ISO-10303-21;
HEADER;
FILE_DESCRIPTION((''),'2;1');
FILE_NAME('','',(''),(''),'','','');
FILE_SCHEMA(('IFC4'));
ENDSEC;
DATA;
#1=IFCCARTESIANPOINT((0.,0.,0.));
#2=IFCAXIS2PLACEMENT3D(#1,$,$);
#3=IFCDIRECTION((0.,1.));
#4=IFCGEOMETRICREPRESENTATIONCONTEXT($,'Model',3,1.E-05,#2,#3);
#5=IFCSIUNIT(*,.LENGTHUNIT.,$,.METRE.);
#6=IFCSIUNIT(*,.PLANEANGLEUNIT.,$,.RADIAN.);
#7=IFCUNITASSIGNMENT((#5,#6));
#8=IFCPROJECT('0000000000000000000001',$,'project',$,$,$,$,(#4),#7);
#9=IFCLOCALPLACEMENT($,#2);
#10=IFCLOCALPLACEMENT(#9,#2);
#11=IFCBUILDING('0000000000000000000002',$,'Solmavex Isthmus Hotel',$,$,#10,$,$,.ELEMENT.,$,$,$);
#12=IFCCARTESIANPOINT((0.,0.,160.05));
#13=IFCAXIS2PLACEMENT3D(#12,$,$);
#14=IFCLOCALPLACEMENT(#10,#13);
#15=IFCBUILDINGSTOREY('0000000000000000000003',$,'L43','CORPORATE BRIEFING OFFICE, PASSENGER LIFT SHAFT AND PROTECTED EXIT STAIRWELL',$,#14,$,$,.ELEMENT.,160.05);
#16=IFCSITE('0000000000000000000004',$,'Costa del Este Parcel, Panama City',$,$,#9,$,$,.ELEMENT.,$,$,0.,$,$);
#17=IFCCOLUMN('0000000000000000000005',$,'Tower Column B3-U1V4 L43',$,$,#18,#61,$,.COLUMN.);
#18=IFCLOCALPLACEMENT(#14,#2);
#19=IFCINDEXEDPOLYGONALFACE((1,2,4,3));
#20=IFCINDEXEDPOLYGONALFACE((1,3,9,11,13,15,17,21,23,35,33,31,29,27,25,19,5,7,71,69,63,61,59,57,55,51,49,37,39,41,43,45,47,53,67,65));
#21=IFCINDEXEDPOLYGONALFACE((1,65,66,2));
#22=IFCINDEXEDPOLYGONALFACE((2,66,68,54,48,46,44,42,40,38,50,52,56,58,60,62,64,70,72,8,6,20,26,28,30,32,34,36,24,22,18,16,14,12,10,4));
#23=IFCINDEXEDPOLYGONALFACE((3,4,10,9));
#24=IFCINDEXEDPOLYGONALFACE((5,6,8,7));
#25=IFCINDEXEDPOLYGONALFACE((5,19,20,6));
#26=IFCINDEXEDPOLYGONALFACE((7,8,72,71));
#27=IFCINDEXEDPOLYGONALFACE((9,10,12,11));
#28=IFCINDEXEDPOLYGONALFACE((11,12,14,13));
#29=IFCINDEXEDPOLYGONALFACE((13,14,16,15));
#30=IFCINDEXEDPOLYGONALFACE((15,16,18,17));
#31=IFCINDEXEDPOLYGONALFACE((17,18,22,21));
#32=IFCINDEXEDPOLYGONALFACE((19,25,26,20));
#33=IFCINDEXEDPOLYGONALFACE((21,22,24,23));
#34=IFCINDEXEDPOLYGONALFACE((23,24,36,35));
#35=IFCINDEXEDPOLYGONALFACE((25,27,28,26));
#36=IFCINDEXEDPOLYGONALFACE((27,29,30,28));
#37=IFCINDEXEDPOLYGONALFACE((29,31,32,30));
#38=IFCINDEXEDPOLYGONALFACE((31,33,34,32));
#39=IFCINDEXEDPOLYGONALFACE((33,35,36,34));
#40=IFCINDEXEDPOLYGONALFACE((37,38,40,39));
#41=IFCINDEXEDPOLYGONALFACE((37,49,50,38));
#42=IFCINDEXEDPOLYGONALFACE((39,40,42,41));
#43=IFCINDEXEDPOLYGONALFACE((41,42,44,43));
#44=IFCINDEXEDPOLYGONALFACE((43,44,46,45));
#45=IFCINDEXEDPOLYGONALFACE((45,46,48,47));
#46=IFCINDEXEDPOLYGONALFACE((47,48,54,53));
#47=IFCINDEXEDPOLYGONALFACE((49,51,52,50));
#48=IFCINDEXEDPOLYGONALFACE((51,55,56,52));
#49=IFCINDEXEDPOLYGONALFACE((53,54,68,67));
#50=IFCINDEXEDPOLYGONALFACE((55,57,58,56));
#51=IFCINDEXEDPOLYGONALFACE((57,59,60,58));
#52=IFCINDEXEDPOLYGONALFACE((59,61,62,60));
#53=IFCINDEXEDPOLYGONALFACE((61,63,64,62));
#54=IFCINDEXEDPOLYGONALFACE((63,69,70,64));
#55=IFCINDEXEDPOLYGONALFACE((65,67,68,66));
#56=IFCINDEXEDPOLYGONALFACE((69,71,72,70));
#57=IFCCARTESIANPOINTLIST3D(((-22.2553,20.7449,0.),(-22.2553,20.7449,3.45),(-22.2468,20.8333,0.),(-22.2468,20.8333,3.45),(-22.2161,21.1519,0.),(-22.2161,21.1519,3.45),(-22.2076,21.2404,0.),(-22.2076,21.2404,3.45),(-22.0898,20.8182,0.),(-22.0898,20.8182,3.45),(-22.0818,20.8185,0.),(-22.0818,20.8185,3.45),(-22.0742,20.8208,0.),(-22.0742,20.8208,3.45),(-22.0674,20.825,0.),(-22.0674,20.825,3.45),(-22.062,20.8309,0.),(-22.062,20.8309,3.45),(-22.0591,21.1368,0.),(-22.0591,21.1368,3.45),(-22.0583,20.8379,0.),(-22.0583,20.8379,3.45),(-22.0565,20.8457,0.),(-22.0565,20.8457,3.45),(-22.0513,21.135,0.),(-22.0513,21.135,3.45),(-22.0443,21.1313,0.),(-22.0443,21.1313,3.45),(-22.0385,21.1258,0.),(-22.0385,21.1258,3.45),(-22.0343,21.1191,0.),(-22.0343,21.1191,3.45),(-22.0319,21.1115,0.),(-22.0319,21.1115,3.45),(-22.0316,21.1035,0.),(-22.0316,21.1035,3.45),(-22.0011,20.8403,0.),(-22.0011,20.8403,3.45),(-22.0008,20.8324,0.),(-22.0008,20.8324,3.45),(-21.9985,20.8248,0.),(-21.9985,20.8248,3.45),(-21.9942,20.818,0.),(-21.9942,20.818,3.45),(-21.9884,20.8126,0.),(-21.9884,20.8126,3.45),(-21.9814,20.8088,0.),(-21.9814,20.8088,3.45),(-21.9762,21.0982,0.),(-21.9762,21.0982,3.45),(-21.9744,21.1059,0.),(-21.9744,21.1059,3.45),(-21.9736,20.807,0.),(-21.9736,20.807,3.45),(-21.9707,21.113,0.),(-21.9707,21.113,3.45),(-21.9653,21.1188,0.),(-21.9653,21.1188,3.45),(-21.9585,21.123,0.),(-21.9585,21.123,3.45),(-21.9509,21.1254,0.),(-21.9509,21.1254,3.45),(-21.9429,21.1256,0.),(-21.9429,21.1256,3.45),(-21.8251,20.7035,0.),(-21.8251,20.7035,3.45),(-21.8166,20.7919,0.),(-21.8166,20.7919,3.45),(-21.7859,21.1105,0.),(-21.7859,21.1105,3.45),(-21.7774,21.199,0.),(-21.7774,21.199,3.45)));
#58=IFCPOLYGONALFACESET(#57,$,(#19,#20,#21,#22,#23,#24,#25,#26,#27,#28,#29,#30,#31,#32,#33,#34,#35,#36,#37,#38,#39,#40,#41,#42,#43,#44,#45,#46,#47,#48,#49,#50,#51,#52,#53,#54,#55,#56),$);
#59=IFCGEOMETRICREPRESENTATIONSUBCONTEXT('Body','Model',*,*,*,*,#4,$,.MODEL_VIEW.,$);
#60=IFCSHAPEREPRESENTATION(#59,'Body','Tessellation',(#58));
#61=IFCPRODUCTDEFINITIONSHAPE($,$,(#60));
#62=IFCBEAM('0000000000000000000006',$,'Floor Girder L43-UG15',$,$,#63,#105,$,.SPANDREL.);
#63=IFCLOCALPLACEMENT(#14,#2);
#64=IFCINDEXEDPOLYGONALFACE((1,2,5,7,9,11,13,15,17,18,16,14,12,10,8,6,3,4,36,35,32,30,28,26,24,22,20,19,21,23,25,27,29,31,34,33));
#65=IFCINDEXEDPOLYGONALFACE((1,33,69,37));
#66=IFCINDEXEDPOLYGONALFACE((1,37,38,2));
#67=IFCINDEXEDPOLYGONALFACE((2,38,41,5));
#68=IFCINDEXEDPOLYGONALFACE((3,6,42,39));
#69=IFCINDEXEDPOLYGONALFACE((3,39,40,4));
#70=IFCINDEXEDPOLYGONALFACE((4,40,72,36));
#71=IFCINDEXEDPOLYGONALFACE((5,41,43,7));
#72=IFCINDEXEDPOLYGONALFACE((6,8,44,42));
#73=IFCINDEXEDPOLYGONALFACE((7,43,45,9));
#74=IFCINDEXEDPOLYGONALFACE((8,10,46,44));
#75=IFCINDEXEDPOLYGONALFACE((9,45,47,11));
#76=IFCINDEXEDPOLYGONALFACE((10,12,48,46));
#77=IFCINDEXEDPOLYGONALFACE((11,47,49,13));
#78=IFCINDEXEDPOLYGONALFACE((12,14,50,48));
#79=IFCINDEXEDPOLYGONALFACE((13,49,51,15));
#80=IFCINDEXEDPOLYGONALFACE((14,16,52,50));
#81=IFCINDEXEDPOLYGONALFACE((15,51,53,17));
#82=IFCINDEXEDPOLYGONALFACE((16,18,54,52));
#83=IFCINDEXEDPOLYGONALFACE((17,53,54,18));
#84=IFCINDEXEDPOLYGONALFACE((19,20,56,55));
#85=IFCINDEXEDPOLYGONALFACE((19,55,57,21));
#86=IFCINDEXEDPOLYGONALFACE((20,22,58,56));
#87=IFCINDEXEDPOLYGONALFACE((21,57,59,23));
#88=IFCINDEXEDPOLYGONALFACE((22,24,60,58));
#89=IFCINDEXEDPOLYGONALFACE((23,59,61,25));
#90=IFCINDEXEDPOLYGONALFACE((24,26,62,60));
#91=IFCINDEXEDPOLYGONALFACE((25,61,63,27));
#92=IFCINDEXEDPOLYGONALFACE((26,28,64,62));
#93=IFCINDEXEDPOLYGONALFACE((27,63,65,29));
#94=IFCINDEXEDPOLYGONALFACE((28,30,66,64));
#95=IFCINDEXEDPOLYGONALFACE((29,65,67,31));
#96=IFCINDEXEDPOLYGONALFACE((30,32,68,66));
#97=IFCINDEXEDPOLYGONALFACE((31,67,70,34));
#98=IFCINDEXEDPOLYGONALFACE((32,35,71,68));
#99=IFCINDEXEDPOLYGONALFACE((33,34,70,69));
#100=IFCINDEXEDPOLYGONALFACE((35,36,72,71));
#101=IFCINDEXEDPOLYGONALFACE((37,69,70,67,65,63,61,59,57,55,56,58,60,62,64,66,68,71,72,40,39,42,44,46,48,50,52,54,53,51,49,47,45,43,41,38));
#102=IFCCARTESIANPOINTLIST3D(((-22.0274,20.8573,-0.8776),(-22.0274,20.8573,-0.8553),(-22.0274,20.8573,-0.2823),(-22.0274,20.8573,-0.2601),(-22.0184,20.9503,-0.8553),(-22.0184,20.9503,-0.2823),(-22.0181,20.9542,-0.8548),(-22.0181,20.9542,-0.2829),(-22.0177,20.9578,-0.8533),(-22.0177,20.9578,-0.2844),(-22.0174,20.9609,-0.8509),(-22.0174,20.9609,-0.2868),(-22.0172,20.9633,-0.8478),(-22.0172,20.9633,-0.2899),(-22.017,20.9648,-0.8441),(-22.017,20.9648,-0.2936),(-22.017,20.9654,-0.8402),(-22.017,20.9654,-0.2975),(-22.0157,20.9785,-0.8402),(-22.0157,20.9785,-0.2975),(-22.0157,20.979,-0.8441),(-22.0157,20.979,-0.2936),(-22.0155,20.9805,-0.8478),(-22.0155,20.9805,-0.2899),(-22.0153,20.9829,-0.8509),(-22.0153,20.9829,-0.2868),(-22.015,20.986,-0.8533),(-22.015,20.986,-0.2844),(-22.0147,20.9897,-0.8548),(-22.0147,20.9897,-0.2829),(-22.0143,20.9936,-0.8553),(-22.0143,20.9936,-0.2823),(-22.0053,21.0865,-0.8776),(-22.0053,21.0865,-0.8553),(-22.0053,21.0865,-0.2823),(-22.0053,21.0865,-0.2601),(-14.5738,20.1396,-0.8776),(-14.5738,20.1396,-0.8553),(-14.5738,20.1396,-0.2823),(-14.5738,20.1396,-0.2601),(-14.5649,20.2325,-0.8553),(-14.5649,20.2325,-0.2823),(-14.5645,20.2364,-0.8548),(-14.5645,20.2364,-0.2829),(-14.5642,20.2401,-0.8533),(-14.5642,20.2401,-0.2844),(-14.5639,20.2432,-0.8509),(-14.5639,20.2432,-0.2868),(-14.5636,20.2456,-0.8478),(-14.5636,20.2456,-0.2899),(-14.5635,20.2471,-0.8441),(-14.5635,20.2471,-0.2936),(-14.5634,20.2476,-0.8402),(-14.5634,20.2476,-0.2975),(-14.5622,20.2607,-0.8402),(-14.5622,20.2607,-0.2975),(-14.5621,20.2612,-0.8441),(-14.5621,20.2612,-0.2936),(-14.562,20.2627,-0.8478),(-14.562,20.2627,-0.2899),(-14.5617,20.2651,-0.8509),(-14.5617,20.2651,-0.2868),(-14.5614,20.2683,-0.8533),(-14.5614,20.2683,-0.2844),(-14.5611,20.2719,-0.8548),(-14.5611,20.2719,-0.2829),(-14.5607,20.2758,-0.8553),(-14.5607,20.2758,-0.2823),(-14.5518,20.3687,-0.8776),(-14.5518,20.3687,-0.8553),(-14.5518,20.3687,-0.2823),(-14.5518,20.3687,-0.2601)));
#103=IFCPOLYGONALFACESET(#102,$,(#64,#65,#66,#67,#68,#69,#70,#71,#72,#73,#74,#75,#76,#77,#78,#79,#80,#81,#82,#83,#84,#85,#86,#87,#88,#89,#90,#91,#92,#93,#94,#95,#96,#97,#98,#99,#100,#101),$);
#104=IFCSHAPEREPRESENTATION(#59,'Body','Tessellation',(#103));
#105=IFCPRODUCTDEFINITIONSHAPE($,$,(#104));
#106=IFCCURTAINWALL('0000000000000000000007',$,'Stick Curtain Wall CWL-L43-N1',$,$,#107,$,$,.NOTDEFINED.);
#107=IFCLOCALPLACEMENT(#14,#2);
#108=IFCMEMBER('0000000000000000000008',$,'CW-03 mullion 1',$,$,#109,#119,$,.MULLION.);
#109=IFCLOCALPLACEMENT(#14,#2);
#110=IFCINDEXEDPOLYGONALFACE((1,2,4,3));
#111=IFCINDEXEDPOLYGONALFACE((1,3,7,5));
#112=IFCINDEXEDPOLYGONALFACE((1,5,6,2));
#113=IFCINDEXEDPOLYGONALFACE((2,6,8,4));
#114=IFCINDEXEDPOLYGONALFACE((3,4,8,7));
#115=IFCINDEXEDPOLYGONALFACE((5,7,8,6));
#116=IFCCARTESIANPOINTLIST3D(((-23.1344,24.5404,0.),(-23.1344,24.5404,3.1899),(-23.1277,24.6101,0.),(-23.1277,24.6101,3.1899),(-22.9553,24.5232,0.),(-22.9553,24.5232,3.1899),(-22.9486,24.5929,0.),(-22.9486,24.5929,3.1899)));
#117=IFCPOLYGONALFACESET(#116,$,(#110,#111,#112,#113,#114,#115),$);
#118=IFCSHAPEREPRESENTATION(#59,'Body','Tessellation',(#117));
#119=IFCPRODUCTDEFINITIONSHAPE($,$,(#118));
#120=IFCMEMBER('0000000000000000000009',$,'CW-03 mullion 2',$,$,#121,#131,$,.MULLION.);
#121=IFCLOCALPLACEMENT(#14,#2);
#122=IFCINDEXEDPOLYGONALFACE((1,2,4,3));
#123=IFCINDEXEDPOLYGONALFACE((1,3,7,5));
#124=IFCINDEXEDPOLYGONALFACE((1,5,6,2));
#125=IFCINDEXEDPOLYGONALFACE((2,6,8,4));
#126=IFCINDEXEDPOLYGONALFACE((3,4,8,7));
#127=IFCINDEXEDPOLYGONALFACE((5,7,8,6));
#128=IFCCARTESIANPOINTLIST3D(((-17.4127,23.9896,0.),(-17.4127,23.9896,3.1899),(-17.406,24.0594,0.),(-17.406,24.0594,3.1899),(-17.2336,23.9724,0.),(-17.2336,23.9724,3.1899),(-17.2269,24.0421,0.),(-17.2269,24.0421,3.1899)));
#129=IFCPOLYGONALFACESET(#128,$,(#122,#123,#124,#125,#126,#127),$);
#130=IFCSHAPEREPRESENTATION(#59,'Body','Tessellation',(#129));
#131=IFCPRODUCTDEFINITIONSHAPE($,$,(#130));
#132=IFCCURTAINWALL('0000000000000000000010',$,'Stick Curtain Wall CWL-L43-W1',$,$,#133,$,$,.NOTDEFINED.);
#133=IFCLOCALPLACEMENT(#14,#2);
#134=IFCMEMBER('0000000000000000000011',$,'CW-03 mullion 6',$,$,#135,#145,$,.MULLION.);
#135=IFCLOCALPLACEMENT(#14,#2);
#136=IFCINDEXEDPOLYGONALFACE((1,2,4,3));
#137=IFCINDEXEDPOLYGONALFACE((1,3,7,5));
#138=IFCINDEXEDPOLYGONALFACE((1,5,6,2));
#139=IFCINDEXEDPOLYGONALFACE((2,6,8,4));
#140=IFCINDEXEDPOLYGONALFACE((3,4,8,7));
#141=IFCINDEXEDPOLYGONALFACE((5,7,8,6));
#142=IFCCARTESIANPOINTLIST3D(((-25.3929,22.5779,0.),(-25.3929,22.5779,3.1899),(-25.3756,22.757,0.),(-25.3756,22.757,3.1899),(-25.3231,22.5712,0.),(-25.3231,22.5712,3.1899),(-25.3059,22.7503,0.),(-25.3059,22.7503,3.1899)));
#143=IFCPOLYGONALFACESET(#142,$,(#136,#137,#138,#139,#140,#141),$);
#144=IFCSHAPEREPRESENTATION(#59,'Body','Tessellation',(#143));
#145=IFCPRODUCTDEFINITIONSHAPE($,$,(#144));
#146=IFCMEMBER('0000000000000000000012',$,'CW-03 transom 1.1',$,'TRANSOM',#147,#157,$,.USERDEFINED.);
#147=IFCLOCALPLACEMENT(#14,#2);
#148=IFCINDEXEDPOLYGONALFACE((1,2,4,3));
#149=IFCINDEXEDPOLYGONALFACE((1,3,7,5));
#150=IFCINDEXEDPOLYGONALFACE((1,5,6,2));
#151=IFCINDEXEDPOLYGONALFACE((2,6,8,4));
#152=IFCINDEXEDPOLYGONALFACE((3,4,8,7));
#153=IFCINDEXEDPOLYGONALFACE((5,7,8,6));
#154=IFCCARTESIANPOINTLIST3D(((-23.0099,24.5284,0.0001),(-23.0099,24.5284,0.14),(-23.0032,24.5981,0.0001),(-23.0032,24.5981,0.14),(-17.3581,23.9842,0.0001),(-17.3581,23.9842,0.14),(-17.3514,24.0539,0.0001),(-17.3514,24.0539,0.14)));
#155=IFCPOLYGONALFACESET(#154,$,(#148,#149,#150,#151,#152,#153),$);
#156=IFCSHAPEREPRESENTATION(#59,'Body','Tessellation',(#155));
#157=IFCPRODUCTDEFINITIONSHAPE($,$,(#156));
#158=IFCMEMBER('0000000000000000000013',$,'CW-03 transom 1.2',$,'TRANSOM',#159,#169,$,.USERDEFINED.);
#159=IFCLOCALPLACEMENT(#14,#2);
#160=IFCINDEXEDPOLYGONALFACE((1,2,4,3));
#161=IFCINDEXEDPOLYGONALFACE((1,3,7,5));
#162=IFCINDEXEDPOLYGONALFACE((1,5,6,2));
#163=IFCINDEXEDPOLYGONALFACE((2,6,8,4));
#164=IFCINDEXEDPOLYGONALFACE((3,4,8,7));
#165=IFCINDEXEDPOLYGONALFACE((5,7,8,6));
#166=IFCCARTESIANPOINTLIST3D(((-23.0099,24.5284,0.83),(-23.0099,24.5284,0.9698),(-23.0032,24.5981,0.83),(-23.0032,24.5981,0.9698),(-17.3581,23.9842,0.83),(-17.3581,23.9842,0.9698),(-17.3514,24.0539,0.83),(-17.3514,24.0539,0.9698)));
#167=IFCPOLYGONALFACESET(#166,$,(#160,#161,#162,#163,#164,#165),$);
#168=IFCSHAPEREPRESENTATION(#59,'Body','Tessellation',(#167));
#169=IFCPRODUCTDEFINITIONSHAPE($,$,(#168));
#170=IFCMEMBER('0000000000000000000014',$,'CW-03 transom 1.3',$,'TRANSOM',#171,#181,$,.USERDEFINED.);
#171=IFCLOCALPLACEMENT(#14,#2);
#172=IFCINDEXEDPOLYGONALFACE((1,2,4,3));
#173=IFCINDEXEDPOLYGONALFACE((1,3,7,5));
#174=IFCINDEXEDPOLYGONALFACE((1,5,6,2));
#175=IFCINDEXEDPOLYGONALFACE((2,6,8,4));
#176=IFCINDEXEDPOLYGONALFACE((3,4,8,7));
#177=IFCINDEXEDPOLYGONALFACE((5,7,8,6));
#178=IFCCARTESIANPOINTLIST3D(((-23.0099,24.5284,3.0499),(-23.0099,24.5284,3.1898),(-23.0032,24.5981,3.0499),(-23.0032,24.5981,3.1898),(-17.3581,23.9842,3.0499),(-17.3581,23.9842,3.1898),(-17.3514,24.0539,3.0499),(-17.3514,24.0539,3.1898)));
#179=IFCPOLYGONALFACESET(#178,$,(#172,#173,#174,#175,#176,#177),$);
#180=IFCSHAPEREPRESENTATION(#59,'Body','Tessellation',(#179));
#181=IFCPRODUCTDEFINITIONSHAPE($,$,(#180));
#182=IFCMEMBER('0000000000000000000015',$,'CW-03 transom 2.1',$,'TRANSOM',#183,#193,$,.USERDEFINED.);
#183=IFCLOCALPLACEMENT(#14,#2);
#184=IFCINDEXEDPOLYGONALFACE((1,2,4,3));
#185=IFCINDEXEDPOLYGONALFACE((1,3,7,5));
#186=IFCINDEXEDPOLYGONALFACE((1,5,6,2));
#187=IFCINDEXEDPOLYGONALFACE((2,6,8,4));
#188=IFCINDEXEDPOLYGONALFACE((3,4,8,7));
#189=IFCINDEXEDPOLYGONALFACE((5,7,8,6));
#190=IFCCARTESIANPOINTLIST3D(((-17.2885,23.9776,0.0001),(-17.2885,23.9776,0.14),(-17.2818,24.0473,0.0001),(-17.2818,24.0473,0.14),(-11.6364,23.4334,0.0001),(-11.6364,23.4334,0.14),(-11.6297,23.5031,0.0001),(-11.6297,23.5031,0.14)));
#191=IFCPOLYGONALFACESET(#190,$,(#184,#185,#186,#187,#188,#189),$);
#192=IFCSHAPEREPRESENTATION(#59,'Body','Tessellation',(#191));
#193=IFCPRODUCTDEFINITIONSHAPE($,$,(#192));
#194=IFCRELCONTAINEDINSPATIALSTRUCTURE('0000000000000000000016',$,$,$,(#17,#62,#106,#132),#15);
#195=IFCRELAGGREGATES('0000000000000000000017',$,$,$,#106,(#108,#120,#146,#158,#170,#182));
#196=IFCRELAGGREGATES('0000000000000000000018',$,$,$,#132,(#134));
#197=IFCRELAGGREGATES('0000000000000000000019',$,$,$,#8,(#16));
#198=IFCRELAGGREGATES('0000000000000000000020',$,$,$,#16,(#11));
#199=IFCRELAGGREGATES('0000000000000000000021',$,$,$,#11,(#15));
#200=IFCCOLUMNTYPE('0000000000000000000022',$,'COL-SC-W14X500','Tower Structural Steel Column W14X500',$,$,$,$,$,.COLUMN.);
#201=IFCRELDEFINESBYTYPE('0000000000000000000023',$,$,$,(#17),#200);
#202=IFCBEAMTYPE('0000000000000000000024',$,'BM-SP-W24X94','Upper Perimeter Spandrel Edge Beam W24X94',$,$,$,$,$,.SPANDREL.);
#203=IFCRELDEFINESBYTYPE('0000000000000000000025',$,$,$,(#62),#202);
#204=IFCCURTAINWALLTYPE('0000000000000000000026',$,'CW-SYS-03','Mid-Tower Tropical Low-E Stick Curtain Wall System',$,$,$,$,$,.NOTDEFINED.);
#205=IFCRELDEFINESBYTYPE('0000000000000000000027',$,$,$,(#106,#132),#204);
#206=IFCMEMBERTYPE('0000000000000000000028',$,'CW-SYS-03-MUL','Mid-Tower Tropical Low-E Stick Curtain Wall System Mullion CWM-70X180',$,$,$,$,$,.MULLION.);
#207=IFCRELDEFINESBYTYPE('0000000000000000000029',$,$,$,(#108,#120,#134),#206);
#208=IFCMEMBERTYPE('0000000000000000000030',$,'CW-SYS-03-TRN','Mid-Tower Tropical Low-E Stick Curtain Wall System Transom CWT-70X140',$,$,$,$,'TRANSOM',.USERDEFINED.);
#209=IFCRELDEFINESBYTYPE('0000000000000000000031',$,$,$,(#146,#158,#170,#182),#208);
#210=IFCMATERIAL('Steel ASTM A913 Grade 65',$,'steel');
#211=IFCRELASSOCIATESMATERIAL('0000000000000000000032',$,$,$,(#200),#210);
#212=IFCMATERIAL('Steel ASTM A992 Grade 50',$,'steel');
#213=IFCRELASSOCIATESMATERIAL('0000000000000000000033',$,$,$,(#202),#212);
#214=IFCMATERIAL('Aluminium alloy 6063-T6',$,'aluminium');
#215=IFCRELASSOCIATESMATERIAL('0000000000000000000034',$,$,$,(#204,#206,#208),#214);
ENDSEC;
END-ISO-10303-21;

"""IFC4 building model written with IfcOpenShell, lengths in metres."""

from ifc_helpers import new_model, si_unit, direction, frame, origin, origin_2d, place, context, subcontext, project, spatial, rectangle, i_section, extrude, material, material_profile, profile_set, type_object, element, aggregate, save


model = new_model("IFC4")

# Units and contexts
model_context = context("Model", 3, precision=1e-05, world=origin(), true_north=direction((0.0, 1.0)))
body_context = subcontext(model_context, "Body", "Model", "MODEL_VIEW")
ifc_project = project(units=[si_unit("LENGTHUNIT", "METRE"), si_unit("PLANEANGLEUNIT", "RADIAN")], contexts=[model_context])

# Site, building, storey
site_placement = place(None, origin())
site = spatial("IfcSite", under=ifc_project, at=site_placement, Name="Costa del Este Parcel, Panama City", CompositionType="ELEMENT", RefElevation=0.0)
building_placement = place(site_placement, origin())
building = spatial("IfcBuilding", under=site, at=building_placement, Name="Solmavex Isthmus Hotel", CompositionType="ELEMENT")
storey_placement = place(building_placement, frame((0.0, 0.0, 160.05)))
storey = spatial("IfcBuildingStorey", under=building, at=storey_placement, Name="L43", Description="CORPORATE BRIEFING OFFICE, PASSENGER LIFT SHAFT AND PROTECTED EXIT STAIRWELL", CompositionType="ELEMENT", Elevation=160.05)

# Column
ifc_material_1 = material(Name="Steel ASTM A913 Grade 65", Category="steel")
ifc_material_profile_1 = material_profile(ifc_material_1, i_section(OverallWidth=0.4321, OverallDepth=0.4978, WebThickness=0.0557, FlangeThickness=0.0889, FilletRadius=0.0305, at=origin_2d()), Name="W14X500")
ifc_profile_set_1 = profile_set([ifc_material_profile_1], Name="Steel ASTM A913 Grade 65")
column_type = type_object("IfcColumnType", Name="COL-SC-W14X500", Description="Tower Structural Steel Column W14X500", PredefinedType="COLUMN", material=ifc_profile_set_1)
column_placement = place(storey_placement, frame((-22.0164, 20.9719, 0.0), z_axis=(0.0, 0.0, 1.0), x_axis=(0.995396, -0.095846, 0.0)))
element("IfcColumn", 1, at=column_placement, inside=storey, type_object=column_type, Name="Tower Column B3-U1V4 L43", PredefinedType="COLUMN", context=body_context, shape_type="SweptSolid", body=[
    extrude(i_section(OverallWidth=0.4321, OverallDepth=0.4978, WebThickness=0.0557, FlangeThickness=0.0889, FilletRadius=0.0305, at=origin_2d()), origin(), (0.0, 0.0, 1.0), 3.45),
])

# Beam
ifc_material_2 = material(Name="Steel ASTM A992 Grade 50", Category="steel")
ifc_material_profile_2 = material_profile(ifc_material_2, i_section(OverallWidth=0.2302, OverallDepth=0.6174, WebThickness=0.0132, FlangeThickness=0.0222, FilletRadius=0.0151, at=origin_2d()), Name="W24X94")
ifc_profile_set_2 = profile_set([ifc_material_profile_2], Name="Steel ASTM A992 Grade 50")
beam_type = type_object("IfcBeamType", Name="BM-SP-W24X94", Description="Upper Perimeter Spandrel Edge Beam W24X94", PredefinedType="SPANDREL", material=ifc_profile_set_2)
beam_placement = place(storey_placement, frame((-22.0164, 20.9719, -0.5688), z_axis=(0.995395, -0.095855, 0.0), x_axis=(0.095855, 0.995395, 0.0)))
element("IfcBeam", 2, at=beam_placement, inside=storey, type_object=beam_type, Name="Floor Girder L43-UG15", PredefinedType="SPANDREL", context=body_context, shape_type="SweptSolid", body=[
    extrude(i_section(OverallWidth=0.2302, OverallDepth=0.6174, WebThickness=0.0132, FlangeThickness=0.0222, FilletRadius=0.0151, at=origin_2d()), origin(), (0.0, 0.0, 1.0), 7.488),
])

# Curtain wall, members
ifc_material_3 = material(Name="Aluminium alloy 6063-T6", Category="aluminium")
curtain_wall_type = type_object("IfcCurtainWallType", Name="CW-SYS-03", Description="Mid-Tower Tropical Low-E Stick Curtain Wall System", PredefinedType="NOTDEFINED", material=ifc_material_3)
curtain_wall_1_placement = place(storey_placement, origin())
curtain_wall_1 = element("IfcCurtainWall", 3, at=curtain_wall_1_placement, inside=storey, type_object=curtain_wall_type, Name="Stick Curtain Wall CWL-L43-N1", PredefinedType="NOTDEFINED")
ifc_material_profile_3 = material_profile(ifc_material_3, rectangle(XDim=0.0701, YDim=0.1799, at=origin_2d()), Name="CWM-70X180")
ifc_profile_set_3 = profile_set([ifc_material_profile_3], Name="Aluminium alloy 6063-T6")
member_type_1 = type_object("IfcMemberType", Name="CW-SYS-03-MUL", Description="Mid-Tower Tropical Low-E Stick Curtain Wall System Mullion CWM-70X180", PredefinedType="MULLION", material=ifc_profile_set_3)
member_1_placement = place(storey_placement, frame((-23.0415, 24.5667, 0.0), z_axis=(0.0, 0.0, 1.0), x_axis=(0.095846, 0.995396, 0.0)))
member_1 = element("IfcMember", 4, at=member_1_placement, type_object=member_type_1, Name="CW-03 mullion 1", PredefinedType="MULLION", context=body_context, shape_type="SweptSolid", body=[
    extrude(rectangle(XDim=0.0701, YDim=0.1799, at=origin_2d()), origin(), (0.0, 0.0, 1.0), 3.1899),
])
member_2_placement = place(storey_placement, frame((-17.3198, 24.0159, 0.0), z_axis=(0.0, 0.0, 1.0), x_axis=(0.095846, 0.995396, 0.0)))
member_2 = element("IfcMember", 5, at=member_2_placement, type_object=member_type_1, Name="CW-03 mullion 2", PredefinedType="MULLION", context=body_context, shape_type="SweptSolid", body=[
    extrude(rectangle(XDim=0.0701, YDim=0.1799, at=origin_2d()), origin(), (0.0, 0.0, 1.0), 3.1899),
])

# Curtain wall, member
curtain_wall_2_placement = place(storey_placement, origin())
curtain_wall_2 = element("IfcCurtainWall", 6, at=curtain_wall_2_placement, inside=storey, type_object=curtain_wall_type, Name="Stick Curtain Wall CWL-L43-W1", PredefinedType="NOTDEFINED")
member_3_placement = place(storey_placement, frame((-25.3494, 22.6641, 0.0), z_axis=(0.0, 0.0, 1.0), x_axis=(-0.995396, 0.095846, 0.0)))
member_3 = element("IfcMember", 7, at=member_3_placement, type_object=member_type_1, Name="CW-03 mullion 6", PredefinedType="MULLION", context=body_context, shape_type="SweptSolid", body=[
    extrude(rectangle(XDim=0.0701, YDim=0.1799, at=origin_2d()), origin(), (0.0, 0.0, 1.0), 3.1899),
])

# Members
ifc_material_profile_4 = material_profile(ifc_material_3, rectangle(XDim=0.0701, YDim=0.1399, at=origin_2d()), Name="CWT-70X140")
ifc_profile_set_4 = profile_set([ifc_material_profile_4], Name="Aluminium alloy 6063-T6")
member_type_2 = type_object("IfcMemberType", Name="CW-SYS-03-TRN", Description="Mid-Tower Tropical Low-E Stick Curtain Wall System Transom CWT-70X140", ElementType="TRANSOM", PredefinedType="USERDEFINED", material=ifc_profile_set_4)
member_4_placement = place(storey_placement, frame((-23.0066, 24.5632, 0.0701), z_axis=(0.995397, -0.095842, 0.0), x_axis=(0.095842, 0.995397, 0.0)))
member_4 = element("IfcMember", 8, at=member_4_placement, type_object=member_type_2, Name="CW-03 transom 1.1", ObjectType="TRANSOM", PredefinedType="USERDEFINED", context=body_context, shape_type="SweptSolid", body=[
    extrude(rectangle(XDim=0.0701, YDim=0.1399, at=origin_2d()), origin(), (0.0, 0.0, 1.0), 5.678),
])
member_5_placement = place(storey_placement, frame((-23.0066, 24.5632, 0.8999), z_axis=(0.995397, -0.095842, 0.0), x_axis=(0.095842, 0.995397, 0.0)))
member_5 = element("IfcMember", 9, at=member_5_placement, type_object=member_type_2, Name="CW-03 transom 1.2", ObjectType="TRANSOM", PredefinedType="USERDEFINED", context=body_context, shape_type="SweptSolid", body=[
    extrude(rectangle(XDim=0.0701, YDim=0.1399, at=origin_2d()), origin(), (0.0, 0.0, 1.0), 5.678),
])
member_6_placement = place(storey_placement, frame((-23.0066, 24.5632, 3.1199), z_axis=(0.995397, -0.095842, 0.0), x_axis=(0.095842, 0.995397, 0.0)))
member_6 = element("IfcMember", 10, at=member_6_placement, type_object=member_type_2, Name="CW-03 transom 1.3", ObjectType="TRANSOM", PredefinedType="USERDEFINED", context=body_context, shape_type="SweptSolid", body=[
    extrude(rectangle(XDim=0.0701, YDim=0.1399, at=origin_2d()), origin(), (0.0, 0.0, 1.0), 5.678),
])
member_7_placement = place(storey_placement, frame((-17.2852, 24.0125, 0.0701), z_axis=(0.995397, -0.095838, 0.0), x_axis=(0.095838, 0.995397, 0.0)))
member_7 = element("IfcMember", 11, at=member_7_placement, type_object=member_type_2, Name="CW-03 transom 2.1", ObjectType="TRANSOM", PredefinedType="USERDEFINED", context=body_context, shape_type="SweptSolid", body=[
    extrude(rectangle(XDim=0.0701, YDim=0.1399, at=origin_2d()), origin(), (0.0, 0.0, 1.0), 5.6782),
])

aggregate(curtain_wall_1, [member_1, member_2, member_4, member_5, member_6, member_7])
aggregate(curtain_wall_2, [member_3])

save(model, "model.ifc")
